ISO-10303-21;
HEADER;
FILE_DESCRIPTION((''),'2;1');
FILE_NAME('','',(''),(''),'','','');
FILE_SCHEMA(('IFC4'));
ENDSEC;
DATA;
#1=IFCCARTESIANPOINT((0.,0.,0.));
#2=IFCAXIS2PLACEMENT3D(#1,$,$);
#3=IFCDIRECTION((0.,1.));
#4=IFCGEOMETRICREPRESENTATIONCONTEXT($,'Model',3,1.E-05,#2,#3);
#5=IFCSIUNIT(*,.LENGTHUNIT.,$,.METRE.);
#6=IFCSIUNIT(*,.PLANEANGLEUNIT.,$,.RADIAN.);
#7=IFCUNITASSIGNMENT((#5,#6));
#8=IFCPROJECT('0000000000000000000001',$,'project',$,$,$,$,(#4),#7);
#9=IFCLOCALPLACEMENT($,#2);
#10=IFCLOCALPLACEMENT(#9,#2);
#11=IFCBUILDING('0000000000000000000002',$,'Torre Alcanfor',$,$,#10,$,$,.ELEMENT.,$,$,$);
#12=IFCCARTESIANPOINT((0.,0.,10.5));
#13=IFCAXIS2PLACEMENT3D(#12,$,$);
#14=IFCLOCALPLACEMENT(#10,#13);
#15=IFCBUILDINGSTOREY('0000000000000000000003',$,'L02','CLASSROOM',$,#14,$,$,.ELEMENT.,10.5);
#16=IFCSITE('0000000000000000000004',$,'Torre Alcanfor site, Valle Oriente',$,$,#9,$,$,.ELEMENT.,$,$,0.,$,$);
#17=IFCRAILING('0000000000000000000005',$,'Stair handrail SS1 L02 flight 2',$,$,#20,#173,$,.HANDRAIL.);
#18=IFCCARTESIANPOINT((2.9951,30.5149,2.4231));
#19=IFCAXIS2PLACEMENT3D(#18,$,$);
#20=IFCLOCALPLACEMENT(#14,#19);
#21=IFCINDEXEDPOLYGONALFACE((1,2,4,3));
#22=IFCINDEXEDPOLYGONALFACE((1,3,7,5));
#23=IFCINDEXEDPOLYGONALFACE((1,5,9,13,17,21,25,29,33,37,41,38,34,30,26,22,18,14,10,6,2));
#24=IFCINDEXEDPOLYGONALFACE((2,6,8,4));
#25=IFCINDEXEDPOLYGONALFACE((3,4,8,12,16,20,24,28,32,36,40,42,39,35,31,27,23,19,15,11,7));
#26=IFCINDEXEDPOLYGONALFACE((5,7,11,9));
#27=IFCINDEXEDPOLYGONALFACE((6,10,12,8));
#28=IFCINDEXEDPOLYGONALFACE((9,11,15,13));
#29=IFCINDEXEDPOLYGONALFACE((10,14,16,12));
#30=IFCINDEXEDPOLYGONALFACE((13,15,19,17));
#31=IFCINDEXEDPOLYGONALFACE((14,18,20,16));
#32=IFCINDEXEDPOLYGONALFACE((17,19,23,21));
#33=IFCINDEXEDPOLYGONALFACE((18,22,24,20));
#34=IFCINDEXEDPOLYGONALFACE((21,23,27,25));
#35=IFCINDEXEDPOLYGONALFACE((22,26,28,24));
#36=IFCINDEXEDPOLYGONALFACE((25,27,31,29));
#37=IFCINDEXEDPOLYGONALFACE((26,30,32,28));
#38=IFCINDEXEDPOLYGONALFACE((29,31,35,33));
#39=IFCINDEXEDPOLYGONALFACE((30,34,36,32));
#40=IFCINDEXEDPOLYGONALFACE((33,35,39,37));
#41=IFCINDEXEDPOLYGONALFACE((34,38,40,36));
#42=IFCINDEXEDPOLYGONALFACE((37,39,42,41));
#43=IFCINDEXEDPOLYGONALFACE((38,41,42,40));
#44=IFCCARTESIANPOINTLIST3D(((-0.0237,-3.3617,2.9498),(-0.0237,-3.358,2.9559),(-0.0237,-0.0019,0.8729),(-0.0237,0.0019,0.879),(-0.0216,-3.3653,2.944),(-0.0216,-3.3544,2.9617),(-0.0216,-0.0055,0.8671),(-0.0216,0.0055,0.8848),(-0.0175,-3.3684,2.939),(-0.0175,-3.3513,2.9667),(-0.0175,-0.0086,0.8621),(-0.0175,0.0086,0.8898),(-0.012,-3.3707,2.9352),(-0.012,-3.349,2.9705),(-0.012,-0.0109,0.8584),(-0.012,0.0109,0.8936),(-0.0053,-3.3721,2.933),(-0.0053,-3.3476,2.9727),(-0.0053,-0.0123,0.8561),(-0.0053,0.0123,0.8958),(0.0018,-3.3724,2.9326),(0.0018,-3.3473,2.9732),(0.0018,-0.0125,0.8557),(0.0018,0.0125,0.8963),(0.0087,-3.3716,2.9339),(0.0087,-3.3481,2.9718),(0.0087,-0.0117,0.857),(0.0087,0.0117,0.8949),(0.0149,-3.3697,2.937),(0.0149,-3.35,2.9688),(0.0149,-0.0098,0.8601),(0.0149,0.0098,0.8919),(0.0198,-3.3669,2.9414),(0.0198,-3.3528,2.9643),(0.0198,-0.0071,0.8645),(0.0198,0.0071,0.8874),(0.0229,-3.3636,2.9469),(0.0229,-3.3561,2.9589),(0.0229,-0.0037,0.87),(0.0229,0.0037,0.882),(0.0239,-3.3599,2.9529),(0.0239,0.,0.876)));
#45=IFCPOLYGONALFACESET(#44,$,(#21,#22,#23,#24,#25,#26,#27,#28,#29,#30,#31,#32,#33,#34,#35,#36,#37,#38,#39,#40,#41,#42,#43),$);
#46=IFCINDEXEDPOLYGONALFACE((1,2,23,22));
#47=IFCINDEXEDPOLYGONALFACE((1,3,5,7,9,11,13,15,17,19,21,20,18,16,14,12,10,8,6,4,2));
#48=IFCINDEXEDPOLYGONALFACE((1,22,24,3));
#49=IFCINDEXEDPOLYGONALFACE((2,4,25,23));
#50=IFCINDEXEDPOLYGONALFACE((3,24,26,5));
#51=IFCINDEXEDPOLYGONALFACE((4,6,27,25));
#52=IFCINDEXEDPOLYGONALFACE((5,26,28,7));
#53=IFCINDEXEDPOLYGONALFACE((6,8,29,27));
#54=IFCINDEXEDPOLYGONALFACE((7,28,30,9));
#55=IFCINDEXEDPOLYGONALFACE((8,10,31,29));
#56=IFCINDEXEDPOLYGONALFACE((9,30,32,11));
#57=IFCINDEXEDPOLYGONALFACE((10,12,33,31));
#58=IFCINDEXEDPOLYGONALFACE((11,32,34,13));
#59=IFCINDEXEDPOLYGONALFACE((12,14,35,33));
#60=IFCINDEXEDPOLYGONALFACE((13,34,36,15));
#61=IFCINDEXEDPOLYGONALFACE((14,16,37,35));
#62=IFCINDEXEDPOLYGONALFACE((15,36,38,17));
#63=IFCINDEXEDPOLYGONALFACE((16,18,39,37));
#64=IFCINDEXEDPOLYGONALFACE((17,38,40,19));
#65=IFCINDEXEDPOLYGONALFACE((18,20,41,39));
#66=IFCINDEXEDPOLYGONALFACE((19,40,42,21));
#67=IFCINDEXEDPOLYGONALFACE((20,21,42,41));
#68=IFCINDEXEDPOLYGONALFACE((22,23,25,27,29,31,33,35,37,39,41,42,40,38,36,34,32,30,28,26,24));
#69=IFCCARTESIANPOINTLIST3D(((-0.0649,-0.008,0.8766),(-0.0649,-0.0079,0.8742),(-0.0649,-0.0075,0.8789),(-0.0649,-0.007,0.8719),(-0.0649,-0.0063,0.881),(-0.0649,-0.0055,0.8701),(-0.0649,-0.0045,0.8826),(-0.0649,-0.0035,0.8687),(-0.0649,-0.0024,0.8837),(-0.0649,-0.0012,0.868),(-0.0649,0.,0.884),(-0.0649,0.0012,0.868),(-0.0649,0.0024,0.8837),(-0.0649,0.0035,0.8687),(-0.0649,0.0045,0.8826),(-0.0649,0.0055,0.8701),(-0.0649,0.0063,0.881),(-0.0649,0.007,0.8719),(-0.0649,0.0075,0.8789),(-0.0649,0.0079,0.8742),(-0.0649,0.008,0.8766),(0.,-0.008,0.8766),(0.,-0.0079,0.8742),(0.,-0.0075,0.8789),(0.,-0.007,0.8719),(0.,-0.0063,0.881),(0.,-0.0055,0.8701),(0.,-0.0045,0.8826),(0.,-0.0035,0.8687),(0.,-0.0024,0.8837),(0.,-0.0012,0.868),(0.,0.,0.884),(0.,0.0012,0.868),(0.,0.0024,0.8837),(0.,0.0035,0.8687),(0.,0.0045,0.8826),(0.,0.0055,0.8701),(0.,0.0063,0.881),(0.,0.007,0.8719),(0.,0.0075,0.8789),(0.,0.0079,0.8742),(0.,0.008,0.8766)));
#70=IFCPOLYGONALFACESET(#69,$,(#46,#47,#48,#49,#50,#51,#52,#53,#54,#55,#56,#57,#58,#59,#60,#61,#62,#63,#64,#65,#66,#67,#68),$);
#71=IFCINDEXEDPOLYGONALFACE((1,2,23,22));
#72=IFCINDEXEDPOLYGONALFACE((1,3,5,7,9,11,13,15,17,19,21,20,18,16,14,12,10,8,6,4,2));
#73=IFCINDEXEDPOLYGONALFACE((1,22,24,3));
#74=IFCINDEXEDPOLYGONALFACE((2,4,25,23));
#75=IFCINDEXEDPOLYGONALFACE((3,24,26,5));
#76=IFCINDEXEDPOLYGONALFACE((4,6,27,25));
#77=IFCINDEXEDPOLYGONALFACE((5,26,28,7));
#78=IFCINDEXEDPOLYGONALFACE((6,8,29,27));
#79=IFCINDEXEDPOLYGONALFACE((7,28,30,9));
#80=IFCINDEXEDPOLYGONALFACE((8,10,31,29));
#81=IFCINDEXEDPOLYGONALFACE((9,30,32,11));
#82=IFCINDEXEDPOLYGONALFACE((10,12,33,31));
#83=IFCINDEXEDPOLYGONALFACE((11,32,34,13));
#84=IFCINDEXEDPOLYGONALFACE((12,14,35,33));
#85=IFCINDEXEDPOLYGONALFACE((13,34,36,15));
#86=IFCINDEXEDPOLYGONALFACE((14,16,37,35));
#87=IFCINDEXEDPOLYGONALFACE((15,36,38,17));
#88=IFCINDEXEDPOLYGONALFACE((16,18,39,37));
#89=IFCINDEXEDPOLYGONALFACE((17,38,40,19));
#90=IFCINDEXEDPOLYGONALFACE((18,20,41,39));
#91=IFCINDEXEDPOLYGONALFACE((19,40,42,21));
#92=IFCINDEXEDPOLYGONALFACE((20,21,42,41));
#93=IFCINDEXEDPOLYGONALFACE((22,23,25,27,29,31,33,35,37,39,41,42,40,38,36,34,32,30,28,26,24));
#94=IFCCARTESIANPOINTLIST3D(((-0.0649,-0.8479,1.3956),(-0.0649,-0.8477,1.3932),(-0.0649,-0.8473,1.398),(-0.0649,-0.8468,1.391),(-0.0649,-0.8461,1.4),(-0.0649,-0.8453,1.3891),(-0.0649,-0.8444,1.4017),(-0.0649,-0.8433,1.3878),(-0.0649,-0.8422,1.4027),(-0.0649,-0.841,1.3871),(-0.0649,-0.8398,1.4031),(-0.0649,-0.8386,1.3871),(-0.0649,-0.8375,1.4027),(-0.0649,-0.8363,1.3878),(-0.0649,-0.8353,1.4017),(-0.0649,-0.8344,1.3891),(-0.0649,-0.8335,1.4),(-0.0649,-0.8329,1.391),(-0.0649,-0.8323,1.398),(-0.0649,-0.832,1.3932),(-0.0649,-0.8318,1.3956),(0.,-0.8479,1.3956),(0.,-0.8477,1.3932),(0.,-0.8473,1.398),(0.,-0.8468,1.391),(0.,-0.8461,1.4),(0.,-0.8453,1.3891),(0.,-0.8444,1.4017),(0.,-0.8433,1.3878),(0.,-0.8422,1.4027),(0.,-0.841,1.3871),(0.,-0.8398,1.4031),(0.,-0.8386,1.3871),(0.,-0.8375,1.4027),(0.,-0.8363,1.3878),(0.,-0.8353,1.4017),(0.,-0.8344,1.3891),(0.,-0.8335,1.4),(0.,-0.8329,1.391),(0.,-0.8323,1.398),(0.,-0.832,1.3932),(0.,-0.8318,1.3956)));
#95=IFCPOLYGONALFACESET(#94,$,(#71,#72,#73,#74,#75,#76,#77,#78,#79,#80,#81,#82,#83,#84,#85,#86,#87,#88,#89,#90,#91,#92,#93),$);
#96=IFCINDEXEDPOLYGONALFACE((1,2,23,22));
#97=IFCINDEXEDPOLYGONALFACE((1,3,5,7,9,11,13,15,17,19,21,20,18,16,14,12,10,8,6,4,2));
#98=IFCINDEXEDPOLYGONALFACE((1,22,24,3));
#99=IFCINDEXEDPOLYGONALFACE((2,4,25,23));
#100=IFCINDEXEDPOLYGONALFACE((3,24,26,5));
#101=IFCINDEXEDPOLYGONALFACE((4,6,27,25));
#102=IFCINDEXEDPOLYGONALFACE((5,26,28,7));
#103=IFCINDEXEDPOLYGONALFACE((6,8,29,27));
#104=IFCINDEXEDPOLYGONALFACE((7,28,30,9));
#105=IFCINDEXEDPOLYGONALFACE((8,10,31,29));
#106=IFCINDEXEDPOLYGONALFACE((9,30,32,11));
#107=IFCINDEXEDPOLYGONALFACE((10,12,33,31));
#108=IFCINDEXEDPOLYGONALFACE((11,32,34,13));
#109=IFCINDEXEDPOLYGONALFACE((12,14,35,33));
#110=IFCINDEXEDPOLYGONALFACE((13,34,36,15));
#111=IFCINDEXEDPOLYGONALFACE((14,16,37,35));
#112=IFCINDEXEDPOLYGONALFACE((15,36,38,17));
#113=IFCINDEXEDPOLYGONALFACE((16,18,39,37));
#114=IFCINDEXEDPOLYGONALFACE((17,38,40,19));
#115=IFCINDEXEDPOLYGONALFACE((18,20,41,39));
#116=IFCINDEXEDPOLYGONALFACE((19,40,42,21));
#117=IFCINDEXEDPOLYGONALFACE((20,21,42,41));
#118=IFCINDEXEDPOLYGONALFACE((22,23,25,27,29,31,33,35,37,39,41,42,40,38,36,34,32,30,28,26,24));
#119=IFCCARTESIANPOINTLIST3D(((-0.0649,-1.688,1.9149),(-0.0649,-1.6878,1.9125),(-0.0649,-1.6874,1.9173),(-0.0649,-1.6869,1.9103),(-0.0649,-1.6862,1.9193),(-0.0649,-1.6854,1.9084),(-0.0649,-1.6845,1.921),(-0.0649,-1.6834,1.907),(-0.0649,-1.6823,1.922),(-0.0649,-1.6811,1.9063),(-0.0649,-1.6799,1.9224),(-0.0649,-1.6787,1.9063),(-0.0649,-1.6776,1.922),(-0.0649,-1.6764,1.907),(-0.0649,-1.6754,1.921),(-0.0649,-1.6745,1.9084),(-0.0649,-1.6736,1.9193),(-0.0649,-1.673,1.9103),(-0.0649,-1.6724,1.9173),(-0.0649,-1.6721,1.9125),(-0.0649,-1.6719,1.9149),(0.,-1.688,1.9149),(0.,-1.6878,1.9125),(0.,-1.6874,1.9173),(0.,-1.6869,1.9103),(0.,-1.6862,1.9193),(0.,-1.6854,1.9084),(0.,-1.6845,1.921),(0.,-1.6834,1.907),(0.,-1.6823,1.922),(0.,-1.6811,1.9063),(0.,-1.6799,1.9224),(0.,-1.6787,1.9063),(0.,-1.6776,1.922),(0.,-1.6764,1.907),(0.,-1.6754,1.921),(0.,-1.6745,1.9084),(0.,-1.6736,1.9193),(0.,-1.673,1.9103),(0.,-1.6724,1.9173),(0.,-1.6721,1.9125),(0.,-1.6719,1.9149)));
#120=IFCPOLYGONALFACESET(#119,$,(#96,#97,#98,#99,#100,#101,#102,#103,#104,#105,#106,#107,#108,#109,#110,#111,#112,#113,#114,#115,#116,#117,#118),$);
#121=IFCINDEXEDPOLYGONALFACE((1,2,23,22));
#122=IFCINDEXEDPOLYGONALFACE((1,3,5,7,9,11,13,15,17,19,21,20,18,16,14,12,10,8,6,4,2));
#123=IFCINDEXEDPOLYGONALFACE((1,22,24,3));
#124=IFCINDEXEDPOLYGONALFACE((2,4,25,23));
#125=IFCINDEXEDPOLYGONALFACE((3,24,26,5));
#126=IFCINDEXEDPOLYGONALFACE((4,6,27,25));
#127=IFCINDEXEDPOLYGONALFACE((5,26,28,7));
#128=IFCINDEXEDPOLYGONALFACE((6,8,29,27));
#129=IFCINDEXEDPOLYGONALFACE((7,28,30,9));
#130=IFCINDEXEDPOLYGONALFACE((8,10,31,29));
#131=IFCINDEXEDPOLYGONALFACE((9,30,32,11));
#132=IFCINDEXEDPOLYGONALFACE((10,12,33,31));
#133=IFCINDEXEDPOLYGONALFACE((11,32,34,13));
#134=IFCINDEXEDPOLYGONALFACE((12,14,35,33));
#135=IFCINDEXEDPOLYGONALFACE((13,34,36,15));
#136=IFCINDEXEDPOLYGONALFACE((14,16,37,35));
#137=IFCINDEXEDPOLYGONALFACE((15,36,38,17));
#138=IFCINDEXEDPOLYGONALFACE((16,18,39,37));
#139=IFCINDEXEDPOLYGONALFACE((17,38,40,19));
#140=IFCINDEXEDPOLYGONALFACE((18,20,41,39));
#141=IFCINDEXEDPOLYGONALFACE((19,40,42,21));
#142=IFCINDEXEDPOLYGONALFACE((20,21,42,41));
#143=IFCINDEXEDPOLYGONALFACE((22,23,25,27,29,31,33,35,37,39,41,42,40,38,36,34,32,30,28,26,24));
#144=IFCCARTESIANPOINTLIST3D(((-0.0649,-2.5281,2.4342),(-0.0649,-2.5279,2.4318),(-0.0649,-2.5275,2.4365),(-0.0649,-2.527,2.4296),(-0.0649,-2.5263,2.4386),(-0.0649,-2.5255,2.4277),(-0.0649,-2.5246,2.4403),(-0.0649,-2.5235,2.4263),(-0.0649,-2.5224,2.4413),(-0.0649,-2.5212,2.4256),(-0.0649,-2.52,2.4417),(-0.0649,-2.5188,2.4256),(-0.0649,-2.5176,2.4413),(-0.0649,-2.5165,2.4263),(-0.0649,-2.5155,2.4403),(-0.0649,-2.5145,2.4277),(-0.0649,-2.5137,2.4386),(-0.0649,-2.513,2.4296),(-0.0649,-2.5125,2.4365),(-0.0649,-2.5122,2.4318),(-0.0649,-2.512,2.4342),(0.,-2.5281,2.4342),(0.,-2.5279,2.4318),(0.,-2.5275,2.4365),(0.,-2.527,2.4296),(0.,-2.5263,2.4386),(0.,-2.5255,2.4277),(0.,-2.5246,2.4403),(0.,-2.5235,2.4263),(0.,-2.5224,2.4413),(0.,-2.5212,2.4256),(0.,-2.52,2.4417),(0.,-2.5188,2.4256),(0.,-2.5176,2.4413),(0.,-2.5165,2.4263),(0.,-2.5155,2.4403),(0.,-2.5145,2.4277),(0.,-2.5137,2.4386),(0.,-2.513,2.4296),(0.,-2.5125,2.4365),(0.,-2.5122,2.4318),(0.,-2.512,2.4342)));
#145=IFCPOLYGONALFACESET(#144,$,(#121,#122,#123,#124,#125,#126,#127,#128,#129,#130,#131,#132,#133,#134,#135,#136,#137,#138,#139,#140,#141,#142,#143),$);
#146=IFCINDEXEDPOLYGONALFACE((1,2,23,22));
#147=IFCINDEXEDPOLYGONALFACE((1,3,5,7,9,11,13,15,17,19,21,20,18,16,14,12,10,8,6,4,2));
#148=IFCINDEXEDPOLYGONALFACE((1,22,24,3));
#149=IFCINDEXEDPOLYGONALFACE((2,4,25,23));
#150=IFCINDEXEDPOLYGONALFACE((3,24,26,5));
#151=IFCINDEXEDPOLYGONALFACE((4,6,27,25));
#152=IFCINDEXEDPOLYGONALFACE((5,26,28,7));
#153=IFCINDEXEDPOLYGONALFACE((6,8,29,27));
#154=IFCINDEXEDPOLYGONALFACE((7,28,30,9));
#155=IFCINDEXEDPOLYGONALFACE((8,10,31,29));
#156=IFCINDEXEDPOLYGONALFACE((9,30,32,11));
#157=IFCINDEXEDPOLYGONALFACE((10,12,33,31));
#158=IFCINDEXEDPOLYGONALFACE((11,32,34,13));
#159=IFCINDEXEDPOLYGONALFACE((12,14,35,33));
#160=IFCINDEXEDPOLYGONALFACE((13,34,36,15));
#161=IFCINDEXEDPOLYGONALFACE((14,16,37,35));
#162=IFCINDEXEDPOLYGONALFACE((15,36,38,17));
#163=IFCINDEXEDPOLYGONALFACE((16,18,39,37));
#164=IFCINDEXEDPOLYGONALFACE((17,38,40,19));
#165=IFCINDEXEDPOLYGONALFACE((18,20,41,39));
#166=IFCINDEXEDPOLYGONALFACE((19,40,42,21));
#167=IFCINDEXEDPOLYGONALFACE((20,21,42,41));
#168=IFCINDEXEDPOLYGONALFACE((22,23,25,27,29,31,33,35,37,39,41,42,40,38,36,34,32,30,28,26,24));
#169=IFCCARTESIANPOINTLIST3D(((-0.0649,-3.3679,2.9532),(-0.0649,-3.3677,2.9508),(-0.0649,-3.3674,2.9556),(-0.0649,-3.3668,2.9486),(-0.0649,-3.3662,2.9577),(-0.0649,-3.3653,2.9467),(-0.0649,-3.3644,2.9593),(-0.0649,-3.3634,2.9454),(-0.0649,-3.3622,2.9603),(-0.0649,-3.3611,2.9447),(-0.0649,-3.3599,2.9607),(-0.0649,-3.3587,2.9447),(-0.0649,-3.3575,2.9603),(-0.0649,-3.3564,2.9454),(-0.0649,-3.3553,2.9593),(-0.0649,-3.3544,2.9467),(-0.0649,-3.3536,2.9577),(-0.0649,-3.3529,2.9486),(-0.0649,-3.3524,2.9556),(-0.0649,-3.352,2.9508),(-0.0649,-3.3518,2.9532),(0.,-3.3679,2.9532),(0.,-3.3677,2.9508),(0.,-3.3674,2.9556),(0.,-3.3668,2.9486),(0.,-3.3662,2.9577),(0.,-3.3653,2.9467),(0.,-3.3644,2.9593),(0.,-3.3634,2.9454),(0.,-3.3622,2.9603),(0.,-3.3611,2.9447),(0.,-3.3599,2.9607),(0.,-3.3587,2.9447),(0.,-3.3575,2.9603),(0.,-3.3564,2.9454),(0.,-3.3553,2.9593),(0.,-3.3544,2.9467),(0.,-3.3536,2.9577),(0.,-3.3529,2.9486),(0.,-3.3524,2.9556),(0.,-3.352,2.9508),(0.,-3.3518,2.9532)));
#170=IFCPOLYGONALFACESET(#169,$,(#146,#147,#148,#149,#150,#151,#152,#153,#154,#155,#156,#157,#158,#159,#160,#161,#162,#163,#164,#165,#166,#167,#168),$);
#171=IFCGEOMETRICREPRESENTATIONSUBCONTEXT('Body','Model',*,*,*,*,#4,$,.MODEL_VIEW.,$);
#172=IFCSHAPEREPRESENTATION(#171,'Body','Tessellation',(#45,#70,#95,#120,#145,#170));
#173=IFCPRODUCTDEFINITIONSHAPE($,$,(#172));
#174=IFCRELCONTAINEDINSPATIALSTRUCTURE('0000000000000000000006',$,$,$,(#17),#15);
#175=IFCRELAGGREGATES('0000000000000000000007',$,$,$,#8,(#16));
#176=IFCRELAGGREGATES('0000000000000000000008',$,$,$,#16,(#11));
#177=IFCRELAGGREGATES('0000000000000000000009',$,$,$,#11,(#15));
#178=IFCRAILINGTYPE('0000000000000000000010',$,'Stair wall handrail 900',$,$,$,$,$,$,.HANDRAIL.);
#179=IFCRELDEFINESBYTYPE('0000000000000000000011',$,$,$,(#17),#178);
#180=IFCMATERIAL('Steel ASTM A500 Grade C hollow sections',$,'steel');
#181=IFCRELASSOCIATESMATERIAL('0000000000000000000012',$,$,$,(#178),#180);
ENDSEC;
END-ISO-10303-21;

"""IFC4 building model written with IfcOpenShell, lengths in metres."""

from ifc_helpers import new_model, si_unit, direction, frame, origin, origin_2d, place, context, subcontext, project, spatial, circle, extrude, material, type_object, element, save


model = new_model("IFC4")

# Units and contexts
model_context = context("Model", 3, precision=1e-05, world=origin(), true_north=direction((0.0, 1.0)))
body_context = subcontext(model_context, "Body", "Model", "MODEL_VIEW")
ifc_project = project(units=[si_unit("LENGTHUNIT", "METRE"), si_unit("PLANEANGLEUNIT", "RADIAN")], contexts=[model_context])

# Site, building, storey
site_placement = place(None, origin())
site = spatial("IfcSite", under=ifc_project, at=site_placement, Name="Torre Alcanfor site, Valle Oriente", CompositionType="ELEMENT", RefElevation=0.0)
building_placement = place(site_placement, origin())
building = spatial("IfcBuilding", under=site, at=building_placement, Name="Torre Alcanfor", CompositionType="ELEMENT")
storey_placement = place(building_placement, frame((0.0, 0.0, 10.5)))
storey = spatial("IfcBuildingStorey", under=building, at=storey_placement, Name="L02", Description="CLASSROOM", CompositionType="ELEMENT", Elevation=10.5)

# Railing
ifc_material_1 = material(Name="Steel ASTM A500 Grade C hollow sections", Category="steel")
railing_type_1 = type_object("IfcRailingType", Name="Stair wall handrail 900", PredefinedType="HANDRAIL", material=ifc_material_1)
railing_1_placement = place(storey_placement, frame((2.9951, 30.5149, 2.4231)))
element("IfcRailing", 1, at=railing_1_placement, inside=storey, type_object=railing_type_1, Name="Stair handrail SS1 L02 flight 2", PredefinedType="HANDRAIL", context=body_context, shape_type="SweptSolid", body=[
    extrude(circle(Radius=0.0239, at=origin_2d()), frame((0.0, 0.0, 0.876), z_axis=(0.0, -0.850606, 0.525803), x_axis=(1.0, 0.0, 0.0)), (0.0, 0.0, 1.0), 3.95),
    extrude(circle(Radius=0.0081, at=origin_2d()), frame((0.0, 0.0, 0.876), z_axis=(-1.0, 0.0, 0.0), x_axis=(0.0, 0.0, 1.0)), (0.0, 0.0, 1.0), 0.0649),
    extrude(circle(Radius=0.0081, at=origin_2d()), frame((0.0, -0.8398, 1.395), z_axis=(-1.0, 0.0, 0.0), x_axis=(0.0, 0.0, 1.0)), (0.0, 0.0, 1.0), 0.0649),
    extrude(circle(Radius=0.0081, at=origin_2d()), frame((0.0, -1.6799, 1.9143), z_axis=(-1.0, 0.0, 0.0), x_axis=(0.0, 0.0, 1.0)), (0.0, 0.0, 1.0), 0.0649),
    extrude(circle(Radius=0.0081, at=origin_2d()), frame((0.0, -2.52, 2.4336), z_axis=(-1.0, 0.0, 0.0), x_axis=(0.0, 0.0, 1.0)), (0.0, 0.0, 1.0), 0.0649),
    extrude(circle(Radius=0.0081, at=origin_2d()), frame((0.0, -3.3599, 2.9526), z_axis=(-1.0, 0.0, 0.0), x_axis=(0.0, 0.0, 1.0)), (0.0, 0.0, 1.0), 0.0649),
])

save(model, "model.ifc")
